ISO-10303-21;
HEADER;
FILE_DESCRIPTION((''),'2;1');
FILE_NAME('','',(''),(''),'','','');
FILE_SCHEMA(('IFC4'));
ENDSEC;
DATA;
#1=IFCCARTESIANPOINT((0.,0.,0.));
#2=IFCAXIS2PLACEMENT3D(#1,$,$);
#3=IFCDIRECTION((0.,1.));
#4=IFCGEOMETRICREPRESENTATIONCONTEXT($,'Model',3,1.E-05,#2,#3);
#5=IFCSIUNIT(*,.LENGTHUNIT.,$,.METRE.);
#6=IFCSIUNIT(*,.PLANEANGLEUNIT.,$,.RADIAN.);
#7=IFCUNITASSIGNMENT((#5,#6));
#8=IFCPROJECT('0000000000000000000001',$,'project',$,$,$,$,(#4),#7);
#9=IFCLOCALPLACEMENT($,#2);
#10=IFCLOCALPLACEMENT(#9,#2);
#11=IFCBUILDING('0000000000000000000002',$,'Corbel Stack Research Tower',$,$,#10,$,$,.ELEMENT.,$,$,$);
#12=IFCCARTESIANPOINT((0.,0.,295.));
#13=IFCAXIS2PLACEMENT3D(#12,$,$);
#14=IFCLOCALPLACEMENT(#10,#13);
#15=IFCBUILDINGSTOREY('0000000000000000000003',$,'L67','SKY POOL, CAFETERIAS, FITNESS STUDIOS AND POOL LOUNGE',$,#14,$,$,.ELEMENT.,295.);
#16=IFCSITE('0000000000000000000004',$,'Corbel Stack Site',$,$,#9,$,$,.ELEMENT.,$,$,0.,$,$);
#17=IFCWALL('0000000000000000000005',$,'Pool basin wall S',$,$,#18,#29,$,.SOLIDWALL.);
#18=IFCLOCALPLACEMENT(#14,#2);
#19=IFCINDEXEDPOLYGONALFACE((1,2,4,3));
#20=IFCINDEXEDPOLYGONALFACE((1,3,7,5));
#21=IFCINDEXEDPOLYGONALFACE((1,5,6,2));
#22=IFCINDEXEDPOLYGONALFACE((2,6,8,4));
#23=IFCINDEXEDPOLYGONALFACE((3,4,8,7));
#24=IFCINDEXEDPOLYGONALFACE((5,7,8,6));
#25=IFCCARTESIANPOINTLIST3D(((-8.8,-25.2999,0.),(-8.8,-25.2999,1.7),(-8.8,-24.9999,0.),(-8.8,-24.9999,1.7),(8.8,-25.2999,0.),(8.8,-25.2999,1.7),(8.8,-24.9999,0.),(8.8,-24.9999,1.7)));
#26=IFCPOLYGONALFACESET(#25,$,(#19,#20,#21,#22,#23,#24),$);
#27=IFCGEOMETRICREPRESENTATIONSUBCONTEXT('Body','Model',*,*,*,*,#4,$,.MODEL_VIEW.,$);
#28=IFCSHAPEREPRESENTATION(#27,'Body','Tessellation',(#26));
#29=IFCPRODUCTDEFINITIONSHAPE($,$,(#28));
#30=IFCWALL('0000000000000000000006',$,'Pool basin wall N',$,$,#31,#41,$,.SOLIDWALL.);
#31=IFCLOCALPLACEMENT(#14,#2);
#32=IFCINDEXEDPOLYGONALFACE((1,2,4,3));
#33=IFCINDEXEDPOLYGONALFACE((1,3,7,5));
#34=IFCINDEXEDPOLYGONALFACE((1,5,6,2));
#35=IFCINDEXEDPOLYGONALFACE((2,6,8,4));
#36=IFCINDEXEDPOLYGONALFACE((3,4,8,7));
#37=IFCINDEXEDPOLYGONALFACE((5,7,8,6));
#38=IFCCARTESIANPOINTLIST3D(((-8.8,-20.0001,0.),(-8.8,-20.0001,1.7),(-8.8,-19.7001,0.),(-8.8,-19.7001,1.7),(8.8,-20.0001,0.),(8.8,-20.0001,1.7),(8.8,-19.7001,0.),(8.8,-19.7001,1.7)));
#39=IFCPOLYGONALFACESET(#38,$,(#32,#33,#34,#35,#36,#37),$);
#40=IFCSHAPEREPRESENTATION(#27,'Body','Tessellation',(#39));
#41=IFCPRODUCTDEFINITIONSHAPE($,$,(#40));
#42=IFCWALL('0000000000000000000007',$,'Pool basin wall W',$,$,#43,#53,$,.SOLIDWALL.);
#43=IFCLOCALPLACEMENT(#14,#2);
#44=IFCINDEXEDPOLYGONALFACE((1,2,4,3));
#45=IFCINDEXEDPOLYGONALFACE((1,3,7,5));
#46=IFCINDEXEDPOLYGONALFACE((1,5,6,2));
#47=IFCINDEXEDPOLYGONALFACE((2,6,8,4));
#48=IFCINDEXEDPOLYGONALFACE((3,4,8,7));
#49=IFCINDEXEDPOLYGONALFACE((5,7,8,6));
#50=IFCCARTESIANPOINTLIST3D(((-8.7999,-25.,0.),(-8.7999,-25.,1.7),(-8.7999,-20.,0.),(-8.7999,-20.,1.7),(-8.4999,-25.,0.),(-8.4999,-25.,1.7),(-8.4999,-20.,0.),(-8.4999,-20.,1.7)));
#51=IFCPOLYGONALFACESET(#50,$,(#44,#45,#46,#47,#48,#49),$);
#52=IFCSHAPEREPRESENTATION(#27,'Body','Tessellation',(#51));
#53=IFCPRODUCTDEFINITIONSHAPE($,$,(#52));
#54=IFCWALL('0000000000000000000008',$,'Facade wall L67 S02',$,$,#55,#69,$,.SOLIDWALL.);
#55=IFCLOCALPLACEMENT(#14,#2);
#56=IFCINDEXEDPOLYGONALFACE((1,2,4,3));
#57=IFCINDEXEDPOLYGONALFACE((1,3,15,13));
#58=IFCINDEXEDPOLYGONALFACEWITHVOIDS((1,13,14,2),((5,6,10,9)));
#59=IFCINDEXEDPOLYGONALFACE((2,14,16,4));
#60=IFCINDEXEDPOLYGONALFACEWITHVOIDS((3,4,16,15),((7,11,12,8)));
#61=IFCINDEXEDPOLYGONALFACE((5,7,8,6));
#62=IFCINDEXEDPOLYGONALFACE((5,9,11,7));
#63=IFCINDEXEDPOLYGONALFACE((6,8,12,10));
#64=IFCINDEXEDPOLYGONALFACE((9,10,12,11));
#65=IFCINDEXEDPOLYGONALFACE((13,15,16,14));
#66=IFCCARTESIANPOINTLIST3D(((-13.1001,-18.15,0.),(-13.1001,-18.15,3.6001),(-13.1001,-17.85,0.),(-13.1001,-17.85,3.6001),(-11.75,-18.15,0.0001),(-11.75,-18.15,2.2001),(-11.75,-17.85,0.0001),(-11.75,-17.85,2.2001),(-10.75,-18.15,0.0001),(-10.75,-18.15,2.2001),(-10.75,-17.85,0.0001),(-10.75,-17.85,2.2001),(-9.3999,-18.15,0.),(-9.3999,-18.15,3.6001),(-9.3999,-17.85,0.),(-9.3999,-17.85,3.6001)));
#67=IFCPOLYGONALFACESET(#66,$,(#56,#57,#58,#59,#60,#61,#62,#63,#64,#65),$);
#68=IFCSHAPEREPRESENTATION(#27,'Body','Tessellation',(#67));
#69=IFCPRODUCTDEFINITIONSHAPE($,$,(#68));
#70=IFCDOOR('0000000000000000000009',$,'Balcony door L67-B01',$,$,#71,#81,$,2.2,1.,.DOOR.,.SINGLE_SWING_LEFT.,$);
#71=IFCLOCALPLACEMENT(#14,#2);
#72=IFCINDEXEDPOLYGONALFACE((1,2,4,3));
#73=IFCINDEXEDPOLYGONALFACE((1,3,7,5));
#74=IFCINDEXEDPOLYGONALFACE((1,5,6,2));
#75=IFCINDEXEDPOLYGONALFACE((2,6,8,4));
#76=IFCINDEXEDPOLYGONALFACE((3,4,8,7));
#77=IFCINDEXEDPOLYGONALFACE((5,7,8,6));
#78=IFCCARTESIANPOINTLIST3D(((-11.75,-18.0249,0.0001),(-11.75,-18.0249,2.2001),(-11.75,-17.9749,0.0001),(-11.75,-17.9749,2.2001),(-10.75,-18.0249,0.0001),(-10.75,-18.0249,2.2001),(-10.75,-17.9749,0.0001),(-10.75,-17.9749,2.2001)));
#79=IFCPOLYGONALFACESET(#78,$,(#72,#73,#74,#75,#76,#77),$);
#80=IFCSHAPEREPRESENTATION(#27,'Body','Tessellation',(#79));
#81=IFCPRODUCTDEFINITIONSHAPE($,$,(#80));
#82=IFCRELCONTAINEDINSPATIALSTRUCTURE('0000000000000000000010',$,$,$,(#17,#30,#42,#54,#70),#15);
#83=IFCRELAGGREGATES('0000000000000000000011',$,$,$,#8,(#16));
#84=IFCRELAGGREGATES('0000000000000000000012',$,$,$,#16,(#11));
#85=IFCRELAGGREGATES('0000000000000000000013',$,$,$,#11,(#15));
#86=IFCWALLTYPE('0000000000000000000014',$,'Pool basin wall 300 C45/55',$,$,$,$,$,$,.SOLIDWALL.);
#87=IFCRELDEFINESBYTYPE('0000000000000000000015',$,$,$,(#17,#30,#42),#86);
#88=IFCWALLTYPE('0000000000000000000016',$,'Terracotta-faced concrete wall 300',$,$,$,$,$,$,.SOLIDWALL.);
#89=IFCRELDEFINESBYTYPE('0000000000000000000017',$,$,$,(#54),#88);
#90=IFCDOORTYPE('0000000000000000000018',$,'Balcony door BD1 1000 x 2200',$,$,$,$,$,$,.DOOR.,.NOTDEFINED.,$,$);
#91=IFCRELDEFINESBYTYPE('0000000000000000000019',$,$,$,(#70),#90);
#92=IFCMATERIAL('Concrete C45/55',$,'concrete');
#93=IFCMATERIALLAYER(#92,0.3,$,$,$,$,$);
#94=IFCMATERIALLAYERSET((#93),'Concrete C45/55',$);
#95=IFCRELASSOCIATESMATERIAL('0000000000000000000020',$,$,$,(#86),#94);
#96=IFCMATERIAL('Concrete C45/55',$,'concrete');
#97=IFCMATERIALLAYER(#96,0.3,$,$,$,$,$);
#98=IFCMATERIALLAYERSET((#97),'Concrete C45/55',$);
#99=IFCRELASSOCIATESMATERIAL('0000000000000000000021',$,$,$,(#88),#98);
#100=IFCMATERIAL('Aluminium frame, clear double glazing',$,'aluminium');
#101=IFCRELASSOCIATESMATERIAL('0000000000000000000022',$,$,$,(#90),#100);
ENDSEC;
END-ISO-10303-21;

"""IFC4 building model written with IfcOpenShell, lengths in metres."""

from ifc_helpers import new_model, si_unit, direction, frame, frame_2d, origin, place, context, subcontext, project, spatial, rectangle, extrude, material, layer, layer_set, type_object, element, fill, save


model = new_model("IFC4")

# Units and contexts
model_context = context("Model", 3, precision=1e-05, world=origin(), true_north=direction((0.0, 1.0)))
body_context = subcontext(model_context, "Body", "Model", "MODEL_VIEW")
ifc_project = project(units=[si_unit("LENGTHUNIT", "METRE"), si_unit("PLANEANGLEUNIT", "RADIAN")], contexts=[model_context])

# Site, building, storey
site_placement = place(None, origin())
site = spatial("IfcSite", under=ifc_project, at=site_placement, Name="Corbel Stack Site", CompositionType="ELEMENT", RefElevation=0.0)
building_placement = place(site_placement, origin())
building = spatial("IfcBuilding", under=site, at=building_placement, Name="Corbel Stack Research Tower", CompositionType="ELEMENT")
storey_placement = place(building_placement, frame((0.0, 0.0, 295.0)))
storey = spatial("IfcBuildingStorey", under=building, at=storey_placement, Name="L67", Description="SKY POOL, CAFETERIAS, FITNESS STUDIOS AND POOL LOUNGE", CompositionType="ELEMENT", Elevation=295.0)

# Walls
ifc_material_1 = material(Name="Concrete C45/55", Category="concrete")
ifc_layer_1 = layer(ifc_material_1, 0.3)
ifc_layer_set_1 = layer_set([ifc_layer_1], Name="Concrete C45/55")
wall_type_1 = type_object("IfcWallType", Name="Pool basin wall 300 C45/55", PredefinedType="SOLIDWALL", material=ifc_layer_set_1)
for number, where, z_axis, x_axis, name in (
    (1, (-8.8, -25.1499, 0.0), (0.0, 0.0, 1.0), (1.0, 0.0, 0.0), "Pool basin wall S"),
    (2, (-8.8, -19.8501, 0.0), (0.0, 0.0, 1.0), (1.0, 0.0, 0.0), "Pool basin wall N"),
):
    element("IfcWall", number, at=place(storey_placement, frame(where, z_axis=z_axis, x_axis=x_axis)), inside=storey, type_object=wall_type_1, Name=name, PredefinedType="SOLIDWALL", context=body_context, shape_type="SweptSolid", body=[
        extrude(rectangle(XDim=17.6001, YDim=0.3, at=frame_2d((8.8, 0.0))), origin(), (0.0, 0.0, 1.0), 1.7),
    ])
wall_1_placement = place(storey_placement, frame((-8.6499, -25.0, 0.0), z_axis=(0.0, 0.0, 1.0), x_axis=(0.0, 1.0, 0.0)))
element("IfcWall", 3, at=wall_1_placement, inside=storey, type_object=wall_type_1, Name="Pool basin wall W", PredefinedType="SOLIDWALL", context=body_context, shape_type="SweptSolid", body=[
    extrude(rectangle(XDim=5.0, YDim=0.3, at=frame_2d((2.5, 0.0))), origin(), (0.0, 0.0, 1.0), 1.7),
])

# Wall, opening, door
ifc_material_2 = material(Name="Concrete C45/55", Category="concrete")
ifc_layer_2 = layer(ifc_material_2, 0.3)
ifc_layer_set_2 = layer_set([ifc_layer_2], Name="Concrete C45/55")
wall_type_2 = type_object("IfcWallType", Name="Terracotta-faced concrete wall 300", PredefinedType="SOLIDWALL", material=ifc_layer_set_2)
wall_2_placement = place(storey_placement, frame((-9.3999, -18.0, 0.0), z_axis=(0.0, 0.0, 1.0), x_axis=(-1.0, 0.0, 0.0)))
wall_2 = element("IfcWall", 4, at=wall_2_placement, inside=storey, type_object=wall_type_2, Name="Facade wall L67 S02", PredefinedType="SOLIDWALL", context=body_context, shape_type="SweptSolid", body=[
    extrude(rectangle(XDim=3.7002, YDim=0.3, at=frame_2d((1.8501, 0.0))), origin(), (0.0, 0.0, 1.0), 3.6001),
])
opening_placement = place(wall_2_placement, frame((1.3501, 0.0, 0.0)))
opening = element("IfcOpeningElement", 5, at=opening_placement, cuts=wall_2, PredefinedType="OPENING", context=body_context, shape_type="SweptSolid", body=[
    extrude(rectangle(XDim=1.0, YDim=2.2, at=frame_2d((0.5, 1.1001))), frame((0.0, 0.1599, 0.0), z_axis=(0.0, -1.0, 0.0), x_axis=(1.0, 0.0, 0.0)), (0.0, 0.0, 1.0), 0.3201),
])
ifc_material_3 = material(Name="Aluminium frame, clear double glazing", Category="aluminium")
door_type = type_object("IfcDoorType", Name="Balcony door BD1 1000 x 2200", OperationType="NOTDEFINED", PredefinedType="DOOR", material=ifc_material_3)
door_placement = place(opening_placement, origin())
door = element("IfcDoor", 6, at=door_placement, inside=storey, type_object=door_type, Name="Balcony door L67-B01", OperationType="SINGLE_SWING_LEFT", OverallHeight=2.2, OverallWidth=1.0, PredefinedType="DOOR", context=body_context, shape_type="SweptSolid", body=[
    extrude(rectangle(XDim=1.0, YDim=2.2, at=frame_2d((0.5, 1.1001))), frame((0.0, 0.0249, 0.0), z_axis=(0.0, -1.0, 0.0), x_axis=(1.0, 0.0, 0.0)), (0.0, 0.0, 1.0), 0.05),
])
fill(opening, door)

save(model, "model.ifc")
